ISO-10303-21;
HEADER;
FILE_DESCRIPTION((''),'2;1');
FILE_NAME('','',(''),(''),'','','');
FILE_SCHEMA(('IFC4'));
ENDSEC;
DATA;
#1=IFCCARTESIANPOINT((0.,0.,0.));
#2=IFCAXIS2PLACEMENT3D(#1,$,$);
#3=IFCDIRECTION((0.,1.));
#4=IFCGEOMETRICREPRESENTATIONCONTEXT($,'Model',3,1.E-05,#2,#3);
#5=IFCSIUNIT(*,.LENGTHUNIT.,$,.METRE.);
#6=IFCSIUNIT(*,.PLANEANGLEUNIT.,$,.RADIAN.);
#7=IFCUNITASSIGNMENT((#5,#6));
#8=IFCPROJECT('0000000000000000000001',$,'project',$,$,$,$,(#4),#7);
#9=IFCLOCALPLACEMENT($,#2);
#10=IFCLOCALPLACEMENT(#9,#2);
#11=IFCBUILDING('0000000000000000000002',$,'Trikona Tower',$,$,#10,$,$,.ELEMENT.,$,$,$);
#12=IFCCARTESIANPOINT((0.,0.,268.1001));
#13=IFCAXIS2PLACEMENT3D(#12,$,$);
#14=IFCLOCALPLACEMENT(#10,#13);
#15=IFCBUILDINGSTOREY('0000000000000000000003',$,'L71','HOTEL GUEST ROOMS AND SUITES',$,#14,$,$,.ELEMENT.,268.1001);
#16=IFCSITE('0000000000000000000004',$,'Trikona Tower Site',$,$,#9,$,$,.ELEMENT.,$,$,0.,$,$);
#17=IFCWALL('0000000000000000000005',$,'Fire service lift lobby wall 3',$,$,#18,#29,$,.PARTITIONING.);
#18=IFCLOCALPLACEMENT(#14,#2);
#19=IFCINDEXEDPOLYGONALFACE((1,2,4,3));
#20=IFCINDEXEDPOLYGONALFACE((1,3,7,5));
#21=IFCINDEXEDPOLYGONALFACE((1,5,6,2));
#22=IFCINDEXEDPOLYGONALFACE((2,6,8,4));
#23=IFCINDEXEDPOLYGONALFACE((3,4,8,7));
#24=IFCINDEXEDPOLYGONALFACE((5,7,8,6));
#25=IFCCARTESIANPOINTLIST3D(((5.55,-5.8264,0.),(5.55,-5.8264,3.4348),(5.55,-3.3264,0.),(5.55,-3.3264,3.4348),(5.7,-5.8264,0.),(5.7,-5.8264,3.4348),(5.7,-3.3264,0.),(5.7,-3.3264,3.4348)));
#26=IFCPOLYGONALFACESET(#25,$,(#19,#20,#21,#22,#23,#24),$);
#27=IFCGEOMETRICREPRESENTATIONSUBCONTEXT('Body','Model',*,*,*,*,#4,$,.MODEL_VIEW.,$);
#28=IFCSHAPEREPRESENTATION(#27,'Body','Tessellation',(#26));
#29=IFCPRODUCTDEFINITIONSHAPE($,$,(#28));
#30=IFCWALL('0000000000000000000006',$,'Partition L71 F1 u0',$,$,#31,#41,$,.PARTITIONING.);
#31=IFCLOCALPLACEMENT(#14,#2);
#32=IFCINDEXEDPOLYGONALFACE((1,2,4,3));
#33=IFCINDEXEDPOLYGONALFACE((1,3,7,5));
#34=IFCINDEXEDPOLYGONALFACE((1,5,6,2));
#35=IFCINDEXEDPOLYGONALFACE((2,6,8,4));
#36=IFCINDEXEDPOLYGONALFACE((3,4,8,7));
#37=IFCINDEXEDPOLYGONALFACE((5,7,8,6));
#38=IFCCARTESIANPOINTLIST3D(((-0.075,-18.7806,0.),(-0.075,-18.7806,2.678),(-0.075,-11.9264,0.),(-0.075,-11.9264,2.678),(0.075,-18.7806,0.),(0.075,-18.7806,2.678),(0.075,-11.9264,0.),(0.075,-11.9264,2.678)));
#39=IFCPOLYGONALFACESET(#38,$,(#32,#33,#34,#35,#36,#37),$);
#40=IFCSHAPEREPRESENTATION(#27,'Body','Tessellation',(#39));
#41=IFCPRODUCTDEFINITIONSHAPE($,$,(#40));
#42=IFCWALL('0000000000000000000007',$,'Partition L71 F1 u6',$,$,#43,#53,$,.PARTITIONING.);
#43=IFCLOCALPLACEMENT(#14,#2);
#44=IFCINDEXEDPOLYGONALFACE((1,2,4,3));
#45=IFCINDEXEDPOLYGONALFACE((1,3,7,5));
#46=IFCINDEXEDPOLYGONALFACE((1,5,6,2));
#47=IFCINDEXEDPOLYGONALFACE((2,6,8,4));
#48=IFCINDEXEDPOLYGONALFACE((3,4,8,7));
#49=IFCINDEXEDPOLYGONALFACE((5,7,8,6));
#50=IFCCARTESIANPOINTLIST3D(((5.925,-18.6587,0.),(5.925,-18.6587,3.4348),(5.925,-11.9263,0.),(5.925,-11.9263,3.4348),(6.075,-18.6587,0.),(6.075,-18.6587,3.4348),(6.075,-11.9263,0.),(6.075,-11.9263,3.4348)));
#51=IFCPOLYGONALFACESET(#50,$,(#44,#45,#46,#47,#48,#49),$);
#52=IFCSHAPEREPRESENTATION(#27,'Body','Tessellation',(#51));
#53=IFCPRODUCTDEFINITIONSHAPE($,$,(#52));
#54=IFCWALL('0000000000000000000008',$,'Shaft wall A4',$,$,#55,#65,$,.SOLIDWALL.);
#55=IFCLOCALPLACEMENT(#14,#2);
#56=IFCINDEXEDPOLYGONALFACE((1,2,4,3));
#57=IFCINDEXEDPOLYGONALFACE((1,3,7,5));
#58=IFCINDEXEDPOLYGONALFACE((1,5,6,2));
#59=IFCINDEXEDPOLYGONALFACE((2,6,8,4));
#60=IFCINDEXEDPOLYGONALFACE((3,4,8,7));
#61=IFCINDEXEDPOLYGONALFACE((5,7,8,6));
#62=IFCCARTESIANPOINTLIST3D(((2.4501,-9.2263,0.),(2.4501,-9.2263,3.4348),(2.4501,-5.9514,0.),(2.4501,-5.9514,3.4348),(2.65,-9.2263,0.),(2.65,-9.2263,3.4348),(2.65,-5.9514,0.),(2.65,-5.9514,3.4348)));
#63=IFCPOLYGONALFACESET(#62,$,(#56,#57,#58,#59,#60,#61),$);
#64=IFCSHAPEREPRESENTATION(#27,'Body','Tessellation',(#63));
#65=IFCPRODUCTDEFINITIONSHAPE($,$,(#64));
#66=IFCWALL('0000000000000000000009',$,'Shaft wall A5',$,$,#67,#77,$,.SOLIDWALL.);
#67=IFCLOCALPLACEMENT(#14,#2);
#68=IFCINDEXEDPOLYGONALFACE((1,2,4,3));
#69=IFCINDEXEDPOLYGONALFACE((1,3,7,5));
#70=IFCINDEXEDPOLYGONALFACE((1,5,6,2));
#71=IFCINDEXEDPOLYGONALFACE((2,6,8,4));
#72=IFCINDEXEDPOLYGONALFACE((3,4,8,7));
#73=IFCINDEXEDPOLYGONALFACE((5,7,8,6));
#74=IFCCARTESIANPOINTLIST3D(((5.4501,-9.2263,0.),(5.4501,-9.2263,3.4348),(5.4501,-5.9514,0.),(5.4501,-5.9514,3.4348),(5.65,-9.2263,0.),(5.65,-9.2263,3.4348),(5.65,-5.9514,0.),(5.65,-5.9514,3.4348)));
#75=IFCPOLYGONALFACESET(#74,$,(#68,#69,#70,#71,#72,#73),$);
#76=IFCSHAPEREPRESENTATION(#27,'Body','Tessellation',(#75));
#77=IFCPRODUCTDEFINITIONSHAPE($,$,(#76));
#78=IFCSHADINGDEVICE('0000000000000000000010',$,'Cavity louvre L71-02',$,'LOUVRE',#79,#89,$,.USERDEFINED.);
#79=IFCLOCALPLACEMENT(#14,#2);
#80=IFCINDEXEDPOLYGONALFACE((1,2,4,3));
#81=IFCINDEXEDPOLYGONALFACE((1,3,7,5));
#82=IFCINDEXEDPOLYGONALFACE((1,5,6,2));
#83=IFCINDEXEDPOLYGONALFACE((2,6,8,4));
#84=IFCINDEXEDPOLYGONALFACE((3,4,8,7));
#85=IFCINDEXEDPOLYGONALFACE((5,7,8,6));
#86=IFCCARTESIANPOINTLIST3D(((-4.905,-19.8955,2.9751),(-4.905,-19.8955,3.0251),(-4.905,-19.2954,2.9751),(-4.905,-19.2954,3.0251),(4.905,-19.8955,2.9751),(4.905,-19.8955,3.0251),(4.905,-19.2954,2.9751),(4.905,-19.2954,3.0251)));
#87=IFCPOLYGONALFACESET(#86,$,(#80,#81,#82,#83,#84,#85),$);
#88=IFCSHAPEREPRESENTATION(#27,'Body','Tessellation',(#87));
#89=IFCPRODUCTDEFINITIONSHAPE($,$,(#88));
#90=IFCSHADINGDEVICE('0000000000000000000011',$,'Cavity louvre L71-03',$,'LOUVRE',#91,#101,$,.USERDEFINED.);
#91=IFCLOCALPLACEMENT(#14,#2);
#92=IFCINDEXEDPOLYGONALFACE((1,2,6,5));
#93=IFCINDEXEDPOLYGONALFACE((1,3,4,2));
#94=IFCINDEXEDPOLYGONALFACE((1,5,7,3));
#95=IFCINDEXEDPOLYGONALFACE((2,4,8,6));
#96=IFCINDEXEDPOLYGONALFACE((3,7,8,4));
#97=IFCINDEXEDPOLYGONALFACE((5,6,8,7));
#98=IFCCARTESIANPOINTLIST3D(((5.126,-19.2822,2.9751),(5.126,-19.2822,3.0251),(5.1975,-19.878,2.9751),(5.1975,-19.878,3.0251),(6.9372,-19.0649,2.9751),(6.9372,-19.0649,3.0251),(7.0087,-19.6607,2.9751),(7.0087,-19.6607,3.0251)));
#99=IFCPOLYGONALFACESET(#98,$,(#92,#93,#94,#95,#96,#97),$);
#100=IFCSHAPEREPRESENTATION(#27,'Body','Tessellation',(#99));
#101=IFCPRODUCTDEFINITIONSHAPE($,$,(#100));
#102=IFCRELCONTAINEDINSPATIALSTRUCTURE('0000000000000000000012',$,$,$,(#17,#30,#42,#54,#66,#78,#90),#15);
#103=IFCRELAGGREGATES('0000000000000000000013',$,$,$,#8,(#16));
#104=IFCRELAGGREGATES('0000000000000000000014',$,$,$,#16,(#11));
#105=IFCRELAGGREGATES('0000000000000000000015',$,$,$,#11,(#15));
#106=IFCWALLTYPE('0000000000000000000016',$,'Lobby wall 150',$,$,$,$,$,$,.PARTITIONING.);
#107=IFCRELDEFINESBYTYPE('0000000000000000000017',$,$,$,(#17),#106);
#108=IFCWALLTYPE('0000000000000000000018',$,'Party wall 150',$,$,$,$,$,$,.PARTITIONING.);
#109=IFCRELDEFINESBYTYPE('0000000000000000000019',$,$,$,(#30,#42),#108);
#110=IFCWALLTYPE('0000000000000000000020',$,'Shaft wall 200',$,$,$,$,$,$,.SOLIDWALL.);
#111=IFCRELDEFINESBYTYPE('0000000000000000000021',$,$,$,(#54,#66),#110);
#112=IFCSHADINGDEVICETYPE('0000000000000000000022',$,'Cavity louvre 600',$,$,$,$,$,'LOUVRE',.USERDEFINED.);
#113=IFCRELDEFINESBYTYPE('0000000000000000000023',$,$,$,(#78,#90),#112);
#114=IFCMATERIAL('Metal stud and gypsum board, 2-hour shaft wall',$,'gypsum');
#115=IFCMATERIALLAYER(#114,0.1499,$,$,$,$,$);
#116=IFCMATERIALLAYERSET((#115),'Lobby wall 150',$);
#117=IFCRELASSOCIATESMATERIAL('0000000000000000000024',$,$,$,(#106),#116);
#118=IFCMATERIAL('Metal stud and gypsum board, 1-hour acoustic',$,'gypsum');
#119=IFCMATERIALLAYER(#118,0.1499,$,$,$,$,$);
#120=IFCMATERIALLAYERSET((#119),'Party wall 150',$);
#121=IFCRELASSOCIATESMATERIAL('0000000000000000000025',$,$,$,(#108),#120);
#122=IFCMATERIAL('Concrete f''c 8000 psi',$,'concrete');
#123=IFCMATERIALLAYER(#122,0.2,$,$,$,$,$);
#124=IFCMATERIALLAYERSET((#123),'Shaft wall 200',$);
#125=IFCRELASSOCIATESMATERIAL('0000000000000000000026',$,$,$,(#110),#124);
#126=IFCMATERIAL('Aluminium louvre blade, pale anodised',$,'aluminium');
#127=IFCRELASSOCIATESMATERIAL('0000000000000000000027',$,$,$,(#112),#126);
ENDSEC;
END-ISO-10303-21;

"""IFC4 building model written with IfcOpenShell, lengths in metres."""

from ifc_helpers import new_model, si_unit, direction, frame, frame_2d, origin, origin_2d, place, context, subcontext, project, spatial, rectangle, extrude, material, layer, layer_set, type_object, element, save


model = new_model("IFC4")

# Units and contexts
model_context = context("Model", 3, precision=1e-05, world=origin(), true_north=direction((0.0, 1.0)))
body_context = subcontext(model_context, "Body", "Model", "MODEL_VIEW")
ifc_project = project(units=[si_unit("LENGTHUNIT", "METRE"), si_unit("PLANEANGLEUNIT", "RADIAN")], contexts=[model_context])

# Site, building, storey
site_placement = place(None, origin())
site = spatial("IfcSite", under=ifc_project, at=site_placement, Name="Trikona Tower Site", CompositionType="ELEMENT", RefElevation=0.0)
building_placement = place(site_placement, origin())
building = spatial("IfcBuilding", under=site, at=building_placement, Name="Trikona Tower", CompositionType="ELEMENT")
storey_placement = place(building_placement, frame((0.0, 0.0, 268.1001)))
storey = spatial("IfcBuildingStorey", under=building, at=storey_placement, Name="L71", Description="HOTEL GUEST ROOMS AND SUITES", CompositionType="ELEMENT", Elevation=268.1001)

# Walls
ifc_material_1 = material(Name="Metal stud and gypsum board, 2-hour shaft wall", Category="gypsum")
ifc_layer_1 = layer(ifc_material_1, 0.1499)
ifc_layer_set_1 = layer_set([ifc_layer_1], Name="Lobby wall 150")
wall_type_1 = type_object("IfcWallType", Name="Lobby wall 150", PredefinedType="PARTITIONING", material=ifc_layer_set_1)
wall_1_placement = place(storey_placement, frame((5.625, -5.8264, 0.0), z_axis=(0.0, 0.0, 1.0), x_axis=(0.0, 1.0, 0.0)))
element("IfcWall", 1, at=wall_1_placement, inside=storey, type_object=wall_type_1, Name="Fire service lift lobby wall 3", PredefinedType="PARTITIONING", context=body_context, shape_type="SweptSolid", body=[
    extrude(rectangle(XDim=2.5, YDim=0.1499, at=frame_2d((1.25, 0.0))), origin(), (0.0, 0.0, 1.0), 3.4348),
])
ifc_material_2 = material(Name="Metal stud and gypsum board, 1-hour acoustic", Category="gypsum")
ifc_layer_2 = layer(ifc_material_2, 0.1499)
ifc_layer_set_2 = layer_set([ifc_layer_2], Name="Party wall 150")
wall_type_2 = type_object("IfcWallType", Name="Party wall 150", PredefinedType="PARTITIONING", material=ifc_layer_set_2)
wall_2_placement = place(storey_placement, frame((0.0, -11.9263, 0.0), z_axis=(0.0, 0.0, 1.0), x_axis=(0.0, -1.0, 0.0)))
element("IfcWall", 2, at=wall_2_placement, inside=storey, type_object=wall_type_2, Name="Partition L71 F1 u0", PredefinedType="PARTITIONING", context=body_context, shape_type="SweptSolid", body=[
    extrude(rectangle(XDim=6.8542, YDim=0.1499, at=frame_2d((3.4272, 0.0))), origin(), (0.0, 0.0, 1.0), 2.678),
])
wall_3_placement = place(storey_placement, frame((6.0, -11.9263, 0.0), z_axis=(0.0, 0.0, 1.0), x_axis=(0.0, -1.0, 0.0)))
element("IfcWall", 3, at=wall_3_placement, inside=storey, type_object=wall_type_2, Name="Partition L71 F1 u6", PredefinedType="PARTITIONING", context=body_context, shape_type="SweptSolid", body=[
    extrude(rectangle(XDim=6.7324, YDim=0.1499, at=frame_2d((3.3662, 0.0))), origin(), (0.0, 0.0, 1.0), 3.4348),
])
ifc_material_3 = material(Name="Concrete f'c 8000 psi", Category="concrete")
ifc_layer_3 = layer(ifc_material_3, 0.2)
ifc_layer_set_3 = layer_set([ifc_layer_3], Name="Shaft wall 200")
wall_type_3 = type_object("IfcWallType", Name="Shaft wall 200", PredefinedType="SOLIDWALL", material=ifc_layer_set_3)
for number, where, z_axis, x_axis, name in (
    (4, (2.55, -5.9514, 0.0), (0.0, 0.0, 1.0), (0.0, -1.0, 0.0), "Shaft wall A4"),
    (5, (5.55, -5.9514, 0.0), (0.0, 0.0, 1.0), (0.0, -1.0, 0.0), "Shaft wall A5"),
):
    element("IfcWall", number, at=place(storey_placement, frame(where, z_axis=z_axis, x_axis=x_axis)), inside=storey, type_object=wall_type_3, Name=name, PredefinedType="SOLIDWALL", context=body_context, shape_type="SweptSolid", body=[
        extrude(rectangle(XDim=3.2749, YDim=0.2, at=frame_2d((1.6375, 0.0))), origin(), (0.0, 0.0, 1.0), 3.4348),
    ])

# Shading devices
ifc_material_4 = material(Name="Aluminium louvre blade, pale anodised", Category="aluminium")
shading_device_type = type_object("IfcShadingDeviceType", Name="Cavity louvre 600", ElementType="LOUVRE", PredefinedType="USERDEFINED", material=ifc_material_4)
shading_device_1_placement = place(storey_placement, frame((0.0, -19.5955, 2.9751), z_axis=(0.0, 0.0, 1.0), x_axis=(1.0, 0.0, 0.0)))
element("IfcShadingDevice", 6, at=shading_device_1_placement, inside=storey, type_object=shading_device_type, Name="Cavity louvre L71-02", ObjectType="LOUVRE", PredefinedType="USERDEFINED", context=body_context, shape_type="SweptSolid", body=[
    extrude(rectangle(XDim=9.8101, YDim=0.6001, at=origin_2d()), origin(), (0.0, 0.0, 1.0), 0.05),
])
shading_device_2_placement = place(storey_placement, frame((6.0674, -19.4714, 2.9751), z_axis=(0.0, 0.0, 1.0), x_axis=(0.992877, 0.119146, 0.0)))
element("IfcShadingDevice", 7, at=shading_device_2_placement, inside=storey, type_object=shading_device_type, Name="Cavity louvre L71-03", ObjectType="LOUVRE", PredefinedType="USERDEFINED", context=body_context, shape_type="SweptSolid", body=[
    extrude(rectangle(XDim=1.8242, YDim=0.6001, at=origin_2d()), origin(), (0.0, 0.0, 1.0), 0.05),
])

save(model, "model.ifc")
